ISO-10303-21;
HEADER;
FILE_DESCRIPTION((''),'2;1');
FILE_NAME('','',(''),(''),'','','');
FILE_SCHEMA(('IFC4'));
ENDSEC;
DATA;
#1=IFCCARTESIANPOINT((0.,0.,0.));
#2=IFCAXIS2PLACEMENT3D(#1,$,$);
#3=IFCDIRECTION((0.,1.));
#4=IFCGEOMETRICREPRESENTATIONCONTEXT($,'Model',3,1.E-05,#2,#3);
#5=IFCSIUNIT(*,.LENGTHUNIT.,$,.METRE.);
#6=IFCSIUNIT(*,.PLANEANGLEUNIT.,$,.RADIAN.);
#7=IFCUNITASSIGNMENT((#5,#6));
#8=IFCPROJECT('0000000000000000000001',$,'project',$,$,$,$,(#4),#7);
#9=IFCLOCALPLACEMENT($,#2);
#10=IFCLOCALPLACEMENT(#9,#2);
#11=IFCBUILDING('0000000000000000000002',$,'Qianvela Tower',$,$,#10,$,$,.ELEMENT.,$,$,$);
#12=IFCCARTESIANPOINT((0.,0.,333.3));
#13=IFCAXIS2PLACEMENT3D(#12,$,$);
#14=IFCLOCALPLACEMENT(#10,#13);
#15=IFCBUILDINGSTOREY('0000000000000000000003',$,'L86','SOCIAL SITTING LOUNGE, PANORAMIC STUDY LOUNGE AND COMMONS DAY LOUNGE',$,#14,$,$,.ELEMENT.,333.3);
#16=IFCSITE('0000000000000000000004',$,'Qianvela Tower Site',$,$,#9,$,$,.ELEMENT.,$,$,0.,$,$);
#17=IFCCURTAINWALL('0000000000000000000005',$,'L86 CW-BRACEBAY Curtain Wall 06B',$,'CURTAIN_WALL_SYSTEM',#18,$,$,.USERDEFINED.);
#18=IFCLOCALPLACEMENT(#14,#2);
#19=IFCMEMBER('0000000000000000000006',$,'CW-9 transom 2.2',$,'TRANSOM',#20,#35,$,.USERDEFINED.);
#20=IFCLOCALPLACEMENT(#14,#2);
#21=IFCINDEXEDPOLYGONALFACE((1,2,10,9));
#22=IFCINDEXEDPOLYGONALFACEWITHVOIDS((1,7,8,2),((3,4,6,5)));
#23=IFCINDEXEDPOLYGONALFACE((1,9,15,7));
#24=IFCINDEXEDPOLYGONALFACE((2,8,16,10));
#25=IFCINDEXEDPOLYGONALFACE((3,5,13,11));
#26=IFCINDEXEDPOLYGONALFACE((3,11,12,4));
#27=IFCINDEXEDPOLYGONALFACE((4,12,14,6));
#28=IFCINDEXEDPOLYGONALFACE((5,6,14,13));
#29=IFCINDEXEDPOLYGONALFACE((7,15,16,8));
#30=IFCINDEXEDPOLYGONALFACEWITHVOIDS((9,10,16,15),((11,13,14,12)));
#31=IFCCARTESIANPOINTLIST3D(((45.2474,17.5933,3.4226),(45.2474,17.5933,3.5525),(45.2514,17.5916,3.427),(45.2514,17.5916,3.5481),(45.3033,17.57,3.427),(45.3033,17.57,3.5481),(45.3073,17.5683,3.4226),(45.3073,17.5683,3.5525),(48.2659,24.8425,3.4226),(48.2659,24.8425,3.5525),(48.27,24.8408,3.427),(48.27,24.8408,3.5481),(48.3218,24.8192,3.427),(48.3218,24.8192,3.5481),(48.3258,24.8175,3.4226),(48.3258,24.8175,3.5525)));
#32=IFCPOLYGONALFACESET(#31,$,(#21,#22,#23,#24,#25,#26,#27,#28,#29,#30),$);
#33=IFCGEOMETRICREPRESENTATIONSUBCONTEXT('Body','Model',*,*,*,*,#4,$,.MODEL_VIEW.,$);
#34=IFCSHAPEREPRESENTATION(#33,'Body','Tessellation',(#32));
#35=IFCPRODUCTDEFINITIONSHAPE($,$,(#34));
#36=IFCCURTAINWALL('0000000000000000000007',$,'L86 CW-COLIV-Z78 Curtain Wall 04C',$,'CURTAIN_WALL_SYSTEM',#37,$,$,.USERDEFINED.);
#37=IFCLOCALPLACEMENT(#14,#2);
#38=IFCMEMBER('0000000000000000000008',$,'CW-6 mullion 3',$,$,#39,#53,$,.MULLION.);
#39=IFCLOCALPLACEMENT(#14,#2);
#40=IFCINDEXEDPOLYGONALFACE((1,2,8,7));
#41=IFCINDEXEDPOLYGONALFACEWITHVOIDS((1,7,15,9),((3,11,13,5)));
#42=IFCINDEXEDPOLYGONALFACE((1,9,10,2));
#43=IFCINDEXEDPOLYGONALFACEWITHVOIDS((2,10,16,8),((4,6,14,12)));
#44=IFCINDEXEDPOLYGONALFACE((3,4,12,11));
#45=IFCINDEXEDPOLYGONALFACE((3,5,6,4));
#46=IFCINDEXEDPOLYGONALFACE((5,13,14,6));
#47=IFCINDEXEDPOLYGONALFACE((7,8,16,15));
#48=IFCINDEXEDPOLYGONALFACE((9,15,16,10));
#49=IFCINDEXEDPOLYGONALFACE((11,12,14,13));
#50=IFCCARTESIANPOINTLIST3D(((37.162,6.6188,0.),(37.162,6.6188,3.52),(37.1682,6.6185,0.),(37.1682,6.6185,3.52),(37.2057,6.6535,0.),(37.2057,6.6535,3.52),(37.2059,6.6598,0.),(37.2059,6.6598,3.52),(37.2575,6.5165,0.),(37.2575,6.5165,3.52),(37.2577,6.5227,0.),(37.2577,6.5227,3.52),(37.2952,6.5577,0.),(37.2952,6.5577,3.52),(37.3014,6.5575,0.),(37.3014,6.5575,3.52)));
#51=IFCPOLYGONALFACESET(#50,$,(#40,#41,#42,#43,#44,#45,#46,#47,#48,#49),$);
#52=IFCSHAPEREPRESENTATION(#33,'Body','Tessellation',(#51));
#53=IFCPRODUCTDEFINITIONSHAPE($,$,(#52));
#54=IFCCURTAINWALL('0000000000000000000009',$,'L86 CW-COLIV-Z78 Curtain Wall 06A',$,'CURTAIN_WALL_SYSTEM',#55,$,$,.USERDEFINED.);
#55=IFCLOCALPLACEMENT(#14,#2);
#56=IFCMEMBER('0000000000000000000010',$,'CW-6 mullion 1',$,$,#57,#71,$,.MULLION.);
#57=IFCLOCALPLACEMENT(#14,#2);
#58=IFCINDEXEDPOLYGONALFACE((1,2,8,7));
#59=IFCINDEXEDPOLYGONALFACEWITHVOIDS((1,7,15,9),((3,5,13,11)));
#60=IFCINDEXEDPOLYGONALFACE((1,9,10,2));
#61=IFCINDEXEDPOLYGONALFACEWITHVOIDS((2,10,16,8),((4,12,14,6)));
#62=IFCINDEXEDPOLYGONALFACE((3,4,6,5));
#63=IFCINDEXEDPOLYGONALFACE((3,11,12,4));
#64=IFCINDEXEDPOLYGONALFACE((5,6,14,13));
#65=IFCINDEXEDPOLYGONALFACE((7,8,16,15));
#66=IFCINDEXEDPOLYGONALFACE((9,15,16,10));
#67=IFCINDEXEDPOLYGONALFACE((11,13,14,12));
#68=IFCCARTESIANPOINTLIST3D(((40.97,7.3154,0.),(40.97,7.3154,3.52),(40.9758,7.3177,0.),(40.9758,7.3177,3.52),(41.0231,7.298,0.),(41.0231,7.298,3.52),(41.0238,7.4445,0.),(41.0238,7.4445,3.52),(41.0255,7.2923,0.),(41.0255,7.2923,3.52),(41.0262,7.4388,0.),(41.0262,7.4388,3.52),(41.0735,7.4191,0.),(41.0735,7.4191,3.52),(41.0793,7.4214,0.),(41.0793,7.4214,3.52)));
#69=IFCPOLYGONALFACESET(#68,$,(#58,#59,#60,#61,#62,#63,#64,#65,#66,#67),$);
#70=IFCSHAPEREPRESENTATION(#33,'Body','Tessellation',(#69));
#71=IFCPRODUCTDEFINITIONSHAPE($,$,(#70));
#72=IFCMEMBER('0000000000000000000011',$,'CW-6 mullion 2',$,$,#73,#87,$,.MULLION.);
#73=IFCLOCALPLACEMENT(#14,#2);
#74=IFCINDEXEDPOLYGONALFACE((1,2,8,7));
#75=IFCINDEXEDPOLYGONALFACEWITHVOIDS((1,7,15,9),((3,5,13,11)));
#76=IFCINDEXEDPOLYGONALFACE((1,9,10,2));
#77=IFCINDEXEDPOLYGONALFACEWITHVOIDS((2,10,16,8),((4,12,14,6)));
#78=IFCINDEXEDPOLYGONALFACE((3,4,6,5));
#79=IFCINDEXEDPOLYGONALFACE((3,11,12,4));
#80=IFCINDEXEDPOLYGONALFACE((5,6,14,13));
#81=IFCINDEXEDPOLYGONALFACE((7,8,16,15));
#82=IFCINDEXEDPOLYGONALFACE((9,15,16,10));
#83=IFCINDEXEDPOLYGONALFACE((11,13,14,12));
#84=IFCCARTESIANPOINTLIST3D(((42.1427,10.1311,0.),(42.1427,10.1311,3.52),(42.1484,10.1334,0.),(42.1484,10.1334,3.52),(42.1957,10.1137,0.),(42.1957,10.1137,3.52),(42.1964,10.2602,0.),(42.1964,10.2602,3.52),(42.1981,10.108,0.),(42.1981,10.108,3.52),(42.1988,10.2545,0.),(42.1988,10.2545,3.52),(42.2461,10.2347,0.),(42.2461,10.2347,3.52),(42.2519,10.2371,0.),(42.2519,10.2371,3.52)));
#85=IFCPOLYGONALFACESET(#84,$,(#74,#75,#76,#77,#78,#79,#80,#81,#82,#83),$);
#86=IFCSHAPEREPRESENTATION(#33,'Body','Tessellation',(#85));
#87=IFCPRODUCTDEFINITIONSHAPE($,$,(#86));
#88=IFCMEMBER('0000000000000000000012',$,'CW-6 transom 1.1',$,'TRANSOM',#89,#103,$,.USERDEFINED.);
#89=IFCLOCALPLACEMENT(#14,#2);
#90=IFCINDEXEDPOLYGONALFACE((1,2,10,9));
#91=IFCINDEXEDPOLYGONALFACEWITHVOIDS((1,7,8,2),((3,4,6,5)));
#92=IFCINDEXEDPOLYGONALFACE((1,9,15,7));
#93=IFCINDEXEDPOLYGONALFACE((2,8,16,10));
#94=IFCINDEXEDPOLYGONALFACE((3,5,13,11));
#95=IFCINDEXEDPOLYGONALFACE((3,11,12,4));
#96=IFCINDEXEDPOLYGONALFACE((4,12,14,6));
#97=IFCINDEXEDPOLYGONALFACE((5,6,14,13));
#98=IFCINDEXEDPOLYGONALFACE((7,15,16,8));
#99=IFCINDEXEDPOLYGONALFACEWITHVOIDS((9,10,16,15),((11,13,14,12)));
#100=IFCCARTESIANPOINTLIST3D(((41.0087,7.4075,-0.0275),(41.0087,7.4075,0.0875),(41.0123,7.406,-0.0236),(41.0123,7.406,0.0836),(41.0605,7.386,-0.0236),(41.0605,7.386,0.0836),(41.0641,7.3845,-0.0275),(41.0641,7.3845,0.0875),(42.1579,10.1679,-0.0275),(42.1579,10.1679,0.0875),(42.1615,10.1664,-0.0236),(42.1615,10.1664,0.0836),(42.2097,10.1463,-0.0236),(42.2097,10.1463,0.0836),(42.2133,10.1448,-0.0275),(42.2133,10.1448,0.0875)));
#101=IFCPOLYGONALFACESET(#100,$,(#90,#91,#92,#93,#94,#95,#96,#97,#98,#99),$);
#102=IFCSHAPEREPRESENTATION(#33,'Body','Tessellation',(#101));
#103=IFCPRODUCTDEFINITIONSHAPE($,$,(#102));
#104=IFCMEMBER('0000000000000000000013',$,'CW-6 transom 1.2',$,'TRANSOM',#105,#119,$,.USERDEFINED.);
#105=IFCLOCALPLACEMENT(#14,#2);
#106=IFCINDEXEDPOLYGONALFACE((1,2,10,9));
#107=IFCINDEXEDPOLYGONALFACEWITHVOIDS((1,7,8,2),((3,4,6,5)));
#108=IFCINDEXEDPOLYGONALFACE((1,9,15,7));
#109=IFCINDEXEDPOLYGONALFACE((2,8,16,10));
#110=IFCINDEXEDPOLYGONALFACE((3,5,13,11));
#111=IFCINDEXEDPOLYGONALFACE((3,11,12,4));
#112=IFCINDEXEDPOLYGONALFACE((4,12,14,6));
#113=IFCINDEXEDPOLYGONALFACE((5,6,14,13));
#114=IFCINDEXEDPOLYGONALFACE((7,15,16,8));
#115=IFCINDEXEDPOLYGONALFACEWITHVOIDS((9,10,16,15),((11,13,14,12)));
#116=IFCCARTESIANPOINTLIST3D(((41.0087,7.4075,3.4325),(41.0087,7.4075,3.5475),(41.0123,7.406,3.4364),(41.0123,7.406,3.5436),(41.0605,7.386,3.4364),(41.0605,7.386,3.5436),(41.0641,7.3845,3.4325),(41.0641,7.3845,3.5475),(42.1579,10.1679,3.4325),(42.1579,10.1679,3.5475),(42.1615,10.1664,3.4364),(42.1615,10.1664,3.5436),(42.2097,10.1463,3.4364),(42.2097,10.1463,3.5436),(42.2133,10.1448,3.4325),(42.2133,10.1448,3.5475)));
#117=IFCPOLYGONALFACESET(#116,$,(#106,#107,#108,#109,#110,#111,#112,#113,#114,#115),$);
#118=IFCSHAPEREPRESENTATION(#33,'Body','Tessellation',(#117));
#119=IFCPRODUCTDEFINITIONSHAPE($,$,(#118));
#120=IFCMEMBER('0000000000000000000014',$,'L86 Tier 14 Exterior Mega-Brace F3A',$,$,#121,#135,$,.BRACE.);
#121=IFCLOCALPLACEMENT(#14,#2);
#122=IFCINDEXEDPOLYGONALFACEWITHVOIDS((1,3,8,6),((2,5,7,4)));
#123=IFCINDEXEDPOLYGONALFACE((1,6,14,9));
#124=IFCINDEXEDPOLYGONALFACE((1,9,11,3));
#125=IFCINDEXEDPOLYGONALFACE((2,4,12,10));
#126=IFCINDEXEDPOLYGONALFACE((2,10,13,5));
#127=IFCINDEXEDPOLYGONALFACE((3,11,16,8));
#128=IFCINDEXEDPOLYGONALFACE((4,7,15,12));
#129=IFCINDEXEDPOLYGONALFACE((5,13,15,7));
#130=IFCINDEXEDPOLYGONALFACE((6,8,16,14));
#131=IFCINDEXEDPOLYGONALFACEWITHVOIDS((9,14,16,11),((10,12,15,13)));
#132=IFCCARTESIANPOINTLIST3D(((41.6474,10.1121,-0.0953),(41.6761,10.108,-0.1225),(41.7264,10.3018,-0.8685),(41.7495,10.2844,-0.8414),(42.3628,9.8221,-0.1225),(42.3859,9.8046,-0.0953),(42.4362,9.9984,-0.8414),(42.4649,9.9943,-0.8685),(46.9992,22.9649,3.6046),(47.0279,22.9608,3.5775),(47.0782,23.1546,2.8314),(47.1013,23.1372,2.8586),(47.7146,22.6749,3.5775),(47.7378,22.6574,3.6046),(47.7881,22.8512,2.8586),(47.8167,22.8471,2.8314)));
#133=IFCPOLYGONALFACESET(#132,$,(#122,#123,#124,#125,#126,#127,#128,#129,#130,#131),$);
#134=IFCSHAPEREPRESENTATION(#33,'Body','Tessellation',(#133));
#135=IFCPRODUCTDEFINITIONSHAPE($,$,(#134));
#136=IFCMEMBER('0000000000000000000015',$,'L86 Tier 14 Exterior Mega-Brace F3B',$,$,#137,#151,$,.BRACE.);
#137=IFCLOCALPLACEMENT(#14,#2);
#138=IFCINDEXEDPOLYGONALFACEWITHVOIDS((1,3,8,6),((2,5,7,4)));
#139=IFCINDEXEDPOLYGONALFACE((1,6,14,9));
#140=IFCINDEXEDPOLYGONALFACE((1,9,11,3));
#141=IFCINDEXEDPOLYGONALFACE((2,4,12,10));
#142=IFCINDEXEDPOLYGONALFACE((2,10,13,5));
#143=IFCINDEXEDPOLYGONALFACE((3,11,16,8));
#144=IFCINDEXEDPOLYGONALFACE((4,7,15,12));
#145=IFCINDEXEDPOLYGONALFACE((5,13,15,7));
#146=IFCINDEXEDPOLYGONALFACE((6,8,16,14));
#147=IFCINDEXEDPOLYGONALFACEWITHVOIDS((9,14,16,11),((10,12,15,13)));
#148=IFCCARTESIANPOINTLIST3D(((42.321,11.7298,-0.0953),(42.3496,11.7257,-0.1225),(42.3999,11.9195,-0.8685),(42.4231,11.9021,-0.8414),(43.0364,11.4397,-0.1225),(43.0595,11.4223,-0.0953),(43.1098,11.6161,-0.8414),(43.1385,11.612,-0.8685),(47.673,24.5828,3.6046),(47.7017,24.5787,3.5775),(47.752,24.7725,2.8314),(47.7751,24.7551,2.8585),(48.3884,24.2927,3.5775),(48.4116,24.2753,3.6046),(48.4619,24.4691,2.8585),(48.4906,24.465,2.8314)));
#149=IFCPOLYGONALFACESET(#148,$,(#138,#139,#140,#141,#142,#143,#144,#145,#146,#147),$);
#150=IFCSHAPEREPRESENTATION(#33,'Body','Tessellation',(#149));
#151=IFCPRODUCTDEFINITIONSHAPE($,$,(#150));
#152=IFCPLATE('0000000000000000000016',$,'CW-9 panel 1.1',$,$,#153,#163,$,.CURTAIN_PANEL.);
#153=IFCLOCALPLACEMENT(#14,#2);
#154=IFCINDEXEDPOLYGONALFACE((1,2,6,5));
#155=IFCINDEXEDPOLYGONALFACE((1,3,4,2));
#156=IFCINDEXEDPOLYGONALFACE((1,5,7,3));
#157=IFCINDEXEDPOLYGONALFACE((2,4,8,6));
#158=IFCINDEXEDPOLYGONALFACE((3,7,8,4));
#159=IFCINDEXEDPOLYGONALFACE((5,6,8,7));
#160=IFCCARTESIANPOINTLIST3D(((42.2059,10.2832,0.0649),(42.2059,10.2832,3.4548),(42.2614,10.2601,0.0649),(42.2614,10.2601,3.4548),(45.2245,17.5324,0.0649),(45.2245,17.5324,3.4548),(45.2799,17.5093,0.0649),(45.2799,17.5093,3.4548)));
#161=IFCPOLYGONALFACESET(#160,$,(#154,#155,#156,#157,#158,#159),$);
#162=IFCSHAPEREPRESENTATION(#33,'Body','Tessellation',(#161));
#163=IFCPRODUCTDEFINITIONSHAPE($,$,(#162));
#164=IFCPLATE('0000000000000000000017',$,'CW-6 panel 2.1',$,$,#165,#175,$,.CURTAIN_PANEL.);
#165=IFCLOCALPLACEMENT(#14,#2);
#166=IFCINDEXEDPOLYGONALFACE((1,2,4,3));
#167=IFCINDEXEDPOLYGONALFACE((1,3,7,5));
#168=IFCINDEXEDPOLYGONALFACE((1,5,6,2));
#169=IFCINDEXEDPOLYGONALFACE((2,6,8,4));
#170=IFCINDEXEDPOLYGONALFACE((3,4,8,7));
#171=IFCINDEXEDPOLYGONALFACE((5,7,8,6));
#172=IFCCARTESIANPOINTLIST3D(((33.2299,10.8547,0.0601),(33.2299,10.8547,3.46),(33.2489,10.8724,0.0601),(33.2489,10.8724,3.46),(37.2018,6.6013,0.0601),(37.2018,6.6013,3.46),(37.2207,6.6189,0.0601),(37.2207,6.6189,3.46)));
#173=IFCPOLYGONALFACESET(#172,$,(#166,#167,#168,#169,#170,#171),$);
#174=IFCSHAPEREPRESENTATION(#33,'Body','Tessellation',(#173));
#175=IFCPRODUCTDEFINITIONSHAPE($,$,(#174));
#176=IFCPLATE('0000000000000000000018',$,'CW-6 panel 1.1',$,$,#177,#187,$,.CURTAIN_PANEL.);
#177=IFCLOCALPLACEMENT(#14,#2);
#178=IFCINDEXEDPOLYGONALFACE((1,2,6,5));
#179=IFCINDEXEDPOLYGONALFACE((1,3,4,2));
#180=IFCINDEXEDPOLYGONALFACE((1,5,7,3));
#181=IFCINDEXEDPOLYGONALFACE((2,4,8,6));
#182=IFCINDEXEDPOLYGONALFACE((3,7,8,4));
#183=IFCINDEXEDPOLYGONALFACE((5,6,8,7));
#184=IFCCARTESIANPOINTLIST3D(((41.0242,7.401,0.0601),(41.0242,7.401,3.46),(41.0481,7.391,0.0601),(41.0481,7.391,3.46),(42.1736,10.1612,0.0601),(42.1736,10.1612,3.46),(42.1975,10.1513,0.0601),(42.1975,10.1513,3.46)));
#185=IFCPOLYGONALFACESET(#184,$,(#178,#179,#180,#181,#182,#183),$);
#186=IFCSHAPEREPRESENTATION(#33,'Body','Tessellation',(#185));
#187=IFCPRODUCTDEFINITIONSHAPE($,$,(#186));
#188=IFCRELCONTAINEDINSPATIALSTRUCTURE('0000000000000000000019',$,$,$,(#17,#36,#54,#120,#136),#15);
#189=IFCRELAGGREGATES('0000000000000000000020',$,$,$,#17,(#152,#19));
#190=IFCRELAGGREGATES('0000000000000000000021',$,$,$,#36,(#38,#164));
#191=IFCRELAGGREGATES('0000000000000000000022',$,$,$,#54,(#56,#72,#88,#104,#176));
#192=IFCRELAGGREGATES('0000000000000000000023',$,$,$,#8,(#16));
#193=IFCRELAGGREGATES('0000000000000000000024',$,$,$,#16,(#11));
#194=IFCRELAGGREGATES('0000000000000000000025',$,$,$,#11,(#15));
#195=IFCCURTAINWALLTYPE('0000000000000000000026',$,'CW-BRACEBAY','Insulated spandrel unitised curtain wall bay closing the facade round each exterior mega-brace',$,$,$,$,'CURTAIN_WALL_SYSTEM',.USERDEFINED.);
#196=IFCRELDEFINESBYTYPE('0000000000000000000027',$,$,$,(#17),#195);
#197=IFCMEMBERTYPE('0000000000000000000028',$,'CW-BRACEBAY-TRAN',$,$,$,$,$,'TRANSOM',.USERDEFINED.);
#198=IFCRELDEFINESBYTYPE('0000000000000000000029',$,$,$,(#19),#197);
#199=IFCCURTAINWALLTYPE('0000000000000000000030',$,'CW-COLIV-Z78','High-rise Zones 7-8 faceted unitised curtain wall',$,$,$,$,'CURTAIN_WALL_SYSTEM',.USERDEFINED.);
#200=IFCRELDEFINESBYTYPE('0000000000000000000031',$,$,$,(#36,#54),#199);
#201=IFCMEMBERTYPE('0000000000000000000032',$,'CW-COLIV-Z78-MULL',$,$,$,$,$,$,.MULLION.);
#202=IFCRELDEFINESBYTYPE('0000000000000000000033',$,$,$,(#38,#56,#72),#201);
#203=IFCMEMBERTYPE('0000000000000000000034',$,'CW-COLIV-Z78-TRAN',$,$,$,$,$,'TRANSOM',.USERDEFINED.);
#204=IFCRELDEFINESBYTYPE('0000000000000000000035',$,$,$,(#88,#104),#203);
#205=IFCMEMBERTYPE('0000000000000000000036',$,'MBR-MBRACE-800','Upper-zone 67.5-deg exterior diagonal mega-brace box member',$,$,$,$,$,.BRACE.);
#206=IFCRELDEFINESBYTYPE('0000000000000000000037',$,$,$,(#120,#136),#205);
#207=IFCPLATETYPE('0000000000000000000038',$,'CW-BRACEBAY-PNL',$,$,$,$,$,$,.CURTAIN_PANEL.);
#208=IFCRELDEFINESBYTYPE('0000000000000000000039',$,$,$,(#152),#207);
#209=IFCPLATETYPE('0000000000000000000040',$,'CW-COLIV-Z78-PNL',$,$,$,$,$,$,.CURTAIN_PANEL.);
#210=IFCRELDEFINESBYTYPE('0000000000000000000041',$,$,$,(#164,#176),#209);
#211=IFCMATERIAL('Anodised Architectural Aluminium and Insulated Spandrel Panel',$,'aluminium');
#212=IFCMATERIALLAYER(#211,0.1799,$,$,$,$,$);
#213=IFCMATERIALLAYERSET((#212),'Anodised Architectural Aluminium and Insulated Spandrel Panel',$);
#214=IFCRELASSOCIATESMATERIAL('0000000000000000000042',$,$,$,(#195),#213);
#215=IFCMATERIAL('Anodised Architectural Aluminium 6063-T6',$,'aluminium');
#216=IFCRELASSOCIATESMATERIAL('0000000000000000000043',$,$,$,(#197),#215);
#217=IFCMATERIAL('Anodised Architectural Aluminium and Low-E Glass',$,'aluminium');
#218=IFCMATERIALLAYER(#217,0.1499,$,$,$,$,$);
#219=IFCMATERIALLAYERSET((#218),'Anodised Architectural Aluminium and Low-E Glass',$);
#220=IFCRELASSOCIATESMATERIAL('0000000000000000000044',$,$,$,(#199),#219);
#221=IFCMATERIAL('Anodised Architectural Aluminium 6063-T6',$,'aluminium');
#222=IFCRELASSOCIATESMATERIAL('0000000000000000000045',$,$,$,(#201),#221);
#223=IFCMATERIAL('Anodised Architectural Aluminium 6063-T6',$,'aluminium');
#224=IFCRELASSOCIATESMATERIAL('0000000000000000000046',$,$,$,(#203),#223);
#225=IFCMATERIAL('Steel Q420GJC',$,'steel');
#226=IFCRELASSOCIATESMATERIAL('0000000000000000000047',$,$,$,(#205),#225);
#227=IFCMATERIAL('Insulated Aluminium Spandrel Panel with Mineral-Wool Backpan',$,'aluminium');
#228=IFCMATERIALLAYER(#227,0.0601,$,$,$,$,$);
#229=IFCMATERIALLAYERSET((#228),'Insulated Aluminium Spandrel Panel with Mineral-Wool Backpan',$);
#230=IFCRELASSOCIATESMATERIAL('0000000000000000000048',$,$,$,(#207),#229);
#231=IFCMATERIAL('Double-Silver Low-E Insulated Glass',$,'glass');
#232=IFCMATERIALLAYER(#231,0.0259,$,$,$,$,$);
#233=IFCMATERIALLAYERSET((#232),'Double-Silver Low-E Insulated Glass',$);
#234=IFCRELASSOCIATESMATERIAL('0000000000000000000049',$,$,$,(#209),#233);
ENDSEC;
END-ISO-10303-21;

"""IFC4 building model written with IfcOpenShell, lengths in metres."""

from ifc_helpers import new_model, si_unit, direction, frame, origin, origin_2d, place, context, subcontext, project, spatial, rectangle, hollow_rectangle, extrude, material, layer, layer_set, material_profile, profile_set, type_object, element, aggregate, save


model = new_model("IFC4")

# Units and contexts
model_context = context("Model", 3, precision=1e-05, world=origin(), true_north=direction((0.0, 1.0)))
body_context = subcontext(model_context, "Body", "Model", "MODEL_VIEW")
ifc_project = project(units=[si_unit("LENGTHUNIT", "METRE"), si_unit("PLANEANGLEUNIT", "RADIAN")], contexts=[model_context])

# Site, building, storey
site_placement = place(None, origin())
site = spatial("IfcSite", under=ifc_project, at=site_placement, Name="Qianvela Tower Site", CompositionType="ELEMENT", RefElevation=0.0)
building_placement = place(site_placement, origin())
building = spatial("IfcBuilding", under=site, at=building_placement, Name="Qianvela Tower", CompositionType="ELEMENT")
storey_placement = place(building_placement, frame((0.0, 0.0, 333.3)))
storey = spatial("IfcBuildingStorey", under=building, at=storey_placement, Name="L86", Description="SOCIAL SITTING LOUNGE, PANORAMIC STUDY LOUNGE AND COMMONS DAY LOUNGE", CompositionType="ELEMENT", Elevation=333.3)

# Curtain wall, member
ifc_material_1 = material(Name="Anodised Architectural Aluminium and Insulated Spandrel Panel", Category="aluminium")
ifc_layer_1 = layer(ifc_material_1, 0.1799)
ifc_layer_set_1 = layer_set([ifc_layer_1], Name="Anodised Architectural Aluminium and Insulated Spandrel Panel")
curtain_wall_type_1 = type_object("IfcCurtainWallType", Name="CW-BRACEBAY", Description="Insulated spandrel unitised curtain wall bay closing the facade round each exterior mega-brace", ElementType="CURTAIN_WALL_SYSTEM", PredefinedType="USERDEFINED", material=ifc_layer_set_1)
curtain_wall_1_placement = place(storey_placement, origin())
curtain_wall_1 = element("IfcCurtainWall", 1, at=curtain_wall_1_placement, inside=storey, type_object=curtain_wall_type_1, Name="L86 CW-BRACEBAY Curtain Wall 06B", ObjectType="CURTAIN_WALL_SYSTEM", PredefinedType="USERDEFINED")
ifc_material_2 = material(Name="Anodised Architectural Aluminium 6063-T6", Category="aluminium")
ifc_material_profile_1 = material_profile(ifc_material_2, hollow_rectangle(XDim=0.0649, YDim=0.1299, WallThickness=0.0044, at=origin_2d()), Name="ALU-TRAN-65x130")
ifc_profile_set_1 = profile_set([ifc_material_profile_1], Name="Anodised Architectural Aluminium 6063-T6")
member_type_1 = type_object("IfcMemberType", Name="CW-BRACEBAY-TRAN", ElementType="TRANSOM", PredefinedType="USERDEFINED", material=ifc_profile_set_1)
member_1_placement = place(storey_placement, frame((45.2773, 17.5808, 3.4875), z_axis=(0.384401, 0.923166, 0.0), x_axis=(-0.923166, 0.384401, 0.0)))
member_1 = element("IfcMember", 2, at=member_1_placement, type_object=member_type_1, Name="CW-9 transom 2.2", ObjectType="TRANSOM", PredefinedType="USERDEFINED", context=body_context, shape_type="SweptSolid", body=[
    extrude(hollow_rectangle(XDim=0.0649, YDim=0.1299, WallThickness=0.0044, at=origin_2d()), origin(), (0.0, 0.0, 1.0), 7.8525),
])

# Curtain wall, member
ifc_material_3 = material(Name="Anodised Architectural Aluminium and Low-E Glass", Category="aluminium")
ifc_layer_2 = layer(ifc_material_3, 0.1499)
ifc_layer_set_2 = layer_set([ifc_layer_2], Name="Anodised Architectural Aluminium and Low-E Glass")
curtain_wall_type_2 = type_object("IfcCurtainWallType", Name="CW-COLIV-Z78", Description="High-rise Zones 7-8 faceted unitised curtain wall", ElementType="CURTAIN_WALL_SYSTEM", PredefinedType="USERDEFINED", material=ifc_layer_set_2)
curtain_wall_2_placement = place(storey_placement, origin())
curtain_wall_2 = element("IfcCurtainWall", 3, at=curtain_wall_2_placement, inside=storey, type_object=curtain_wall_type_2, Name="L86 CW-COLIV-Z78 Curtain Wall 04C", ObjectType="CURTAIN_WALL_SYSTEM", PredefinedType="USERDEFINED")
ifc_material_4 = material(Name="Anodised Architectural Aluminium 6063-T6", Category="aluminium")
ifc_material_profile_2 = material_profile(ifc_material_4, hollow_rectangle(XDim=0.0601, YDim=0.1399, WallThickness=0.0044, at=origin_2d()), Name="ALU-MULL-60x140")
ifc_profile_set_2 = profile_set([ifc_material_profile_2], Name="Anodised Architectural Aluminium 6063-T6")
member_type_2 = type_object("IfcMemberType", Name="CW-COLIV-Z78-MULL", PredefinedType="MULLION", material=ifc_profile_set_2)
member_2_placement = place(storey_placement, frame((37.2317, 6.5881, 0.0), z_axis=(0.0, 0.0, 1.0), x_axis=(0.730882, 0.682503, 0.0)))
member_2 = element("IfcMember", 4, at=member_2_placement, type_object=member_type_2, Name="CW-6 mullion 3", PredefinedType="MULLION", context=body_context, shape_type="SweptSolid", body=[
    extrude(hollow_rectangle(XDim=0.0601, YDim=0.1399, WallThickness=0.0044, at=origin_2d()), origin(), (0.0, 0.0, 1.0), 3.52),
])

# Curtain wall, members
curtain_wall_3_placement = place(storey_placement, origin())
curtain_wall_3 = element("IfcCurtainWall", 5, at=curtain_wall_3_placement, inside=storey, type_object=curtain_wall_type_2, Name="L86 CW-COLIV-Z78 Curtain Wall 06A", ObjectType="CURTAIN_WALL_SYSTEM", PredefinedType="USERDEFINED")
member_3_placement = place(storey_placement, frame((41.0247, 7.3684, 0.0), z_axis=(0.0, 0.0, 1.0), x_axis=(-0.923163, 0.38441, 0.0)))
member_3 = element("IfcMember", 6, at=member_3_placement, type_object=member_type_2, Name="CW-6 mullion 1", PredefinedType="MULLION", context=body_context, shape_type="SweptSolid", body=[
    extrude(hollow_rectangle(XDim=0.0601, YDim=0.1399, WallThickness=0.0044, at=origin_2d()), origin(), (0.0, 0.0, 1.0), 3.52),
])
member_4_placement = place(storey_placement, frame((42.1973, 10.1841, 0.0), z_axis=(0.0, 0.0, 1.0), x_axis=(-0.923163, 0.38441, 0.0)))
member_4 = element("IfcMember", 7, at=member_4_placement, type_object=member_type_2, Name="CW-6 mullion 2", PredefinedType="MULLION", context=body_context, shape_type="SweptSolid", body=[
    extrude(hollow_rectangle(XDim=0.0601, YDim=0.1399, WallThickness=0.0044, at=origin_2d()), origin(), (0.0, 0.0, 1.0), 3.52),
])
ifc_material_5 = material(Name="Anodised Architectural Aluminium 6063-T6", Category="aluminium")
ifc_material_profile_3 = material_profile(ifc_material_5, hollow_rectangle(XDim=0.0601, YDim=0.115, WallThickness=0.0039, at=origin_2d()), Name="ALU-TRAN-60x115")
ifc_profile_set_3 = profile_set([ifc_material_profile_3], Name="Anodised Architectural Aluminium 6063-T6")
member_type_3 = type_object("IfcMemberType", Name="CW-COLIV-Z78-TRAN", ElementType="TRANSOM", PredefinedType="USERDEFINED", material=ifc_profile_set_3)
member_5_placement = place(storey_placement, frame((41.0364, 7.396, 0.03), z_axis=(0.384349, 0.923188, 0.0), x_axis=(-0.923188, 0.384349, 0.0)))
member_5 = element("IfcMember", 8, at=member_5_placement, type_object=member_type_3, Name="CW-6 transom 1.1", ObjectType="TRANSOM", PredefinedType="USERDEFINED", context=body_context, shape_type="SweptSolid", body=[
    extrude(hollow_rectangle(XDim=0.0601, YDim=0.115, WallThickness=0.0039, at=origin_2d()), origin(), (0.0, 0.0, 1.0), 2.99),
])
member_6_placement = place(storey_placement, frame((41.0364, 7.396, 3.49), z_axis=(0.384349, 0.923188, 0.0), x_axis=(-0.923188, 0.384349, 0.0)))
member_6 = element("IfcMember", 9, at=member_6_placement, type_object=member_type_3, Name="CW-6 transom 1.2", ObjectType="TRANSOM", PredefinedType="USERDEFINED", context=body_context, shape_type="SweptSolid", body=[
    extrude(hollow_rectangle(XDim=0.0601, YDim=0.115, WallThickness=0.0039, at=origin_2d()), origin(), (0.0, 0.0, 1.0), 2.99),
])

# Members
ifc_material_6 = material(Name="Steel Q420GJC", Category="steel")
ifc_material_profile_4 = material_profile(ifc_material_6, hollow_rectangle(XDim=0.8, YDim=0.8, WallThickness=0.0281, at=origin_2d()), Name="MBOX-800x800x28")
ifc_profile_set_4 = profile_set([ifc_material_profile_4], Name="Steel Q420GJC")
member_type_4 = type_object("IfcMemberType", Name="MBR-MBRACE-800", Description="Upper-zone 67.5-deg exterior diagonal mega-brace box member", PredefinedType="BRACE", material=ifc_profile_set_4)
member_7_placement = place(storey_placement, frame((42.0562, 10.0532, -0.4819), z_axis=(0.371505, 0.892198, 0.256839), x_axis=(-0.923167, 0.3844, 0.0)))
element("IfcMember", 10, at=member_7_placement, inside=storey, type_object=member_type_4, Name="L86 Tier 14 Exterior Mega-Brace F3A", PredefinedType="BRACE", context=body_context, shape_type="SweptSolid", body=[
    extrude(hollow_rectangle(XDim=0.8, YDim=0.8, WallThickness=0.0281, at=origin_2d()), origin(), (0.0, 0.0, 1.0), 14.4058),
])
member_8_placement = place(storey_placement, frame((42.7297, 11.6709, -0.4819), z_axis=(0.371514, 0.892196, 0.256833), x_axis=(-0.923163, 0.384409, 0.0)))
element("IfcMember", 11, at=member_8_placement, inside=storey, type_object=member_type_4, Name="L86 Tier 14 Exterior Mega-Brace F3B", PredefinedType="BRACE", context=body_context, shape_type="SweptSolid", body=[
    extrude(hollow_rectangle(XDim=0.8, YDim=0.8, WallThickness=0.0281, at=origin_2d()), origin(), (0.0, 0.0, 1.0), 14.406),
])

# Plates
ifc_material_7 = material(Name="Insulated Aluminium Spandrel Panel with Mineral-Wool Backpan", Category="aluminium")
ifc_layer_3 = layer(ifc_material_7, 0.0601)
ifc_layer_set_3 = layer_set([ifc_layer_3], Name="Insulated Aluminium Spandrel Panel with Mineral-Wool Backpan")
plate_type_1 = type_object("IfcPlateType", Name="CW-BRACEBAY-PNL", PredefinedType="CURTAIN_PANEL", material=ifc_layer_set_3)
plate_1_placement = place(storey_placement, frame((43.7429, 13.8962, 0.0649), z_axis=(0.0, 0.0, 1.0), x_axis=(0.384409, 0.923163, 0.0)))
plate_1 = element("IfcPlate", 12, at=plate_1_placement, type_object=plate_type_1, Name="CW-9 panel 1.1", PredefinedType="CURTAIN_PANEL", context=body_context, shape_type="SweptSolid", body=[
    extrude(rectangle(XDim=7.8525, YDim=0.0601, at=origin_2d()), origin(), (0.0, 0.0, 1.0), 3.3899),
])
aggregate(curtain_wall_1, [plate_1, member_1])
ifc_material_8 = material(Name="Double-Silver Low-E Insulated Glass", Category="glass")
ifc_layer_4 = layer(ifc_material_8, 0.0259)
ifc_layer_set_4 = layer_set([ifc_layer_4], Name="Double-Silver Low-E Insulated Glass")
plate_type_2 = type_object("IfcPlateType", Name="CW-COLIV-Z78-PNL", PredefinedType="CURTAIN_PANEL", material=ifc_layer_set_4)
plate_2_placement = place(storey_placement, frame((35.2253, 8.7368, 0.0601), z_axis=(0.0, 0.0, 1.0), x_axis=(0.682503, -0.730882, 0.0)))
plate_2 = element("IfcPlate", 13, at=plate_2_placement, type_object=plate_type_2, Name="CW-6 panel 2.1", PredefinedType="CURTAIN_PANEL", context=body_context, shape_type="SweptSolid", body=[
    extrude(rectangle(XDim=5.8196, YDim=0.0259, at=origin_2d()), origin(), (0.0, 0.0, 1.0), 3.3999),
])
aggregate(curtain_wall_2, [member_2, plate_2])
plate_3_placement = place(storey_placement, frame((41.6108, 8.7761, 0.0601), z_axis=(0.0, 0.0, 1.0), x_axis=(0.38441, 0.923163, 0.0)))
plate_3 = element("IfcPlate", 14, at=plate_3_placement, type_object=plate_type_2, Name="CW-6 panel 1.1", PredefinedType="CURTAIN_PANEL", context=body_context, shape_type="SweptSolid", body=[
    extrude(rectangle(XDim=2.99, YDim=0.0259, at=origin_2d()), origin(), (0.0, 0.0, 1.0), 3.3999),
])
aggregate(curtain_wall_3, [member_3, member_4, member_5, member_6, plate_3])

save(model, "model.ifc")
